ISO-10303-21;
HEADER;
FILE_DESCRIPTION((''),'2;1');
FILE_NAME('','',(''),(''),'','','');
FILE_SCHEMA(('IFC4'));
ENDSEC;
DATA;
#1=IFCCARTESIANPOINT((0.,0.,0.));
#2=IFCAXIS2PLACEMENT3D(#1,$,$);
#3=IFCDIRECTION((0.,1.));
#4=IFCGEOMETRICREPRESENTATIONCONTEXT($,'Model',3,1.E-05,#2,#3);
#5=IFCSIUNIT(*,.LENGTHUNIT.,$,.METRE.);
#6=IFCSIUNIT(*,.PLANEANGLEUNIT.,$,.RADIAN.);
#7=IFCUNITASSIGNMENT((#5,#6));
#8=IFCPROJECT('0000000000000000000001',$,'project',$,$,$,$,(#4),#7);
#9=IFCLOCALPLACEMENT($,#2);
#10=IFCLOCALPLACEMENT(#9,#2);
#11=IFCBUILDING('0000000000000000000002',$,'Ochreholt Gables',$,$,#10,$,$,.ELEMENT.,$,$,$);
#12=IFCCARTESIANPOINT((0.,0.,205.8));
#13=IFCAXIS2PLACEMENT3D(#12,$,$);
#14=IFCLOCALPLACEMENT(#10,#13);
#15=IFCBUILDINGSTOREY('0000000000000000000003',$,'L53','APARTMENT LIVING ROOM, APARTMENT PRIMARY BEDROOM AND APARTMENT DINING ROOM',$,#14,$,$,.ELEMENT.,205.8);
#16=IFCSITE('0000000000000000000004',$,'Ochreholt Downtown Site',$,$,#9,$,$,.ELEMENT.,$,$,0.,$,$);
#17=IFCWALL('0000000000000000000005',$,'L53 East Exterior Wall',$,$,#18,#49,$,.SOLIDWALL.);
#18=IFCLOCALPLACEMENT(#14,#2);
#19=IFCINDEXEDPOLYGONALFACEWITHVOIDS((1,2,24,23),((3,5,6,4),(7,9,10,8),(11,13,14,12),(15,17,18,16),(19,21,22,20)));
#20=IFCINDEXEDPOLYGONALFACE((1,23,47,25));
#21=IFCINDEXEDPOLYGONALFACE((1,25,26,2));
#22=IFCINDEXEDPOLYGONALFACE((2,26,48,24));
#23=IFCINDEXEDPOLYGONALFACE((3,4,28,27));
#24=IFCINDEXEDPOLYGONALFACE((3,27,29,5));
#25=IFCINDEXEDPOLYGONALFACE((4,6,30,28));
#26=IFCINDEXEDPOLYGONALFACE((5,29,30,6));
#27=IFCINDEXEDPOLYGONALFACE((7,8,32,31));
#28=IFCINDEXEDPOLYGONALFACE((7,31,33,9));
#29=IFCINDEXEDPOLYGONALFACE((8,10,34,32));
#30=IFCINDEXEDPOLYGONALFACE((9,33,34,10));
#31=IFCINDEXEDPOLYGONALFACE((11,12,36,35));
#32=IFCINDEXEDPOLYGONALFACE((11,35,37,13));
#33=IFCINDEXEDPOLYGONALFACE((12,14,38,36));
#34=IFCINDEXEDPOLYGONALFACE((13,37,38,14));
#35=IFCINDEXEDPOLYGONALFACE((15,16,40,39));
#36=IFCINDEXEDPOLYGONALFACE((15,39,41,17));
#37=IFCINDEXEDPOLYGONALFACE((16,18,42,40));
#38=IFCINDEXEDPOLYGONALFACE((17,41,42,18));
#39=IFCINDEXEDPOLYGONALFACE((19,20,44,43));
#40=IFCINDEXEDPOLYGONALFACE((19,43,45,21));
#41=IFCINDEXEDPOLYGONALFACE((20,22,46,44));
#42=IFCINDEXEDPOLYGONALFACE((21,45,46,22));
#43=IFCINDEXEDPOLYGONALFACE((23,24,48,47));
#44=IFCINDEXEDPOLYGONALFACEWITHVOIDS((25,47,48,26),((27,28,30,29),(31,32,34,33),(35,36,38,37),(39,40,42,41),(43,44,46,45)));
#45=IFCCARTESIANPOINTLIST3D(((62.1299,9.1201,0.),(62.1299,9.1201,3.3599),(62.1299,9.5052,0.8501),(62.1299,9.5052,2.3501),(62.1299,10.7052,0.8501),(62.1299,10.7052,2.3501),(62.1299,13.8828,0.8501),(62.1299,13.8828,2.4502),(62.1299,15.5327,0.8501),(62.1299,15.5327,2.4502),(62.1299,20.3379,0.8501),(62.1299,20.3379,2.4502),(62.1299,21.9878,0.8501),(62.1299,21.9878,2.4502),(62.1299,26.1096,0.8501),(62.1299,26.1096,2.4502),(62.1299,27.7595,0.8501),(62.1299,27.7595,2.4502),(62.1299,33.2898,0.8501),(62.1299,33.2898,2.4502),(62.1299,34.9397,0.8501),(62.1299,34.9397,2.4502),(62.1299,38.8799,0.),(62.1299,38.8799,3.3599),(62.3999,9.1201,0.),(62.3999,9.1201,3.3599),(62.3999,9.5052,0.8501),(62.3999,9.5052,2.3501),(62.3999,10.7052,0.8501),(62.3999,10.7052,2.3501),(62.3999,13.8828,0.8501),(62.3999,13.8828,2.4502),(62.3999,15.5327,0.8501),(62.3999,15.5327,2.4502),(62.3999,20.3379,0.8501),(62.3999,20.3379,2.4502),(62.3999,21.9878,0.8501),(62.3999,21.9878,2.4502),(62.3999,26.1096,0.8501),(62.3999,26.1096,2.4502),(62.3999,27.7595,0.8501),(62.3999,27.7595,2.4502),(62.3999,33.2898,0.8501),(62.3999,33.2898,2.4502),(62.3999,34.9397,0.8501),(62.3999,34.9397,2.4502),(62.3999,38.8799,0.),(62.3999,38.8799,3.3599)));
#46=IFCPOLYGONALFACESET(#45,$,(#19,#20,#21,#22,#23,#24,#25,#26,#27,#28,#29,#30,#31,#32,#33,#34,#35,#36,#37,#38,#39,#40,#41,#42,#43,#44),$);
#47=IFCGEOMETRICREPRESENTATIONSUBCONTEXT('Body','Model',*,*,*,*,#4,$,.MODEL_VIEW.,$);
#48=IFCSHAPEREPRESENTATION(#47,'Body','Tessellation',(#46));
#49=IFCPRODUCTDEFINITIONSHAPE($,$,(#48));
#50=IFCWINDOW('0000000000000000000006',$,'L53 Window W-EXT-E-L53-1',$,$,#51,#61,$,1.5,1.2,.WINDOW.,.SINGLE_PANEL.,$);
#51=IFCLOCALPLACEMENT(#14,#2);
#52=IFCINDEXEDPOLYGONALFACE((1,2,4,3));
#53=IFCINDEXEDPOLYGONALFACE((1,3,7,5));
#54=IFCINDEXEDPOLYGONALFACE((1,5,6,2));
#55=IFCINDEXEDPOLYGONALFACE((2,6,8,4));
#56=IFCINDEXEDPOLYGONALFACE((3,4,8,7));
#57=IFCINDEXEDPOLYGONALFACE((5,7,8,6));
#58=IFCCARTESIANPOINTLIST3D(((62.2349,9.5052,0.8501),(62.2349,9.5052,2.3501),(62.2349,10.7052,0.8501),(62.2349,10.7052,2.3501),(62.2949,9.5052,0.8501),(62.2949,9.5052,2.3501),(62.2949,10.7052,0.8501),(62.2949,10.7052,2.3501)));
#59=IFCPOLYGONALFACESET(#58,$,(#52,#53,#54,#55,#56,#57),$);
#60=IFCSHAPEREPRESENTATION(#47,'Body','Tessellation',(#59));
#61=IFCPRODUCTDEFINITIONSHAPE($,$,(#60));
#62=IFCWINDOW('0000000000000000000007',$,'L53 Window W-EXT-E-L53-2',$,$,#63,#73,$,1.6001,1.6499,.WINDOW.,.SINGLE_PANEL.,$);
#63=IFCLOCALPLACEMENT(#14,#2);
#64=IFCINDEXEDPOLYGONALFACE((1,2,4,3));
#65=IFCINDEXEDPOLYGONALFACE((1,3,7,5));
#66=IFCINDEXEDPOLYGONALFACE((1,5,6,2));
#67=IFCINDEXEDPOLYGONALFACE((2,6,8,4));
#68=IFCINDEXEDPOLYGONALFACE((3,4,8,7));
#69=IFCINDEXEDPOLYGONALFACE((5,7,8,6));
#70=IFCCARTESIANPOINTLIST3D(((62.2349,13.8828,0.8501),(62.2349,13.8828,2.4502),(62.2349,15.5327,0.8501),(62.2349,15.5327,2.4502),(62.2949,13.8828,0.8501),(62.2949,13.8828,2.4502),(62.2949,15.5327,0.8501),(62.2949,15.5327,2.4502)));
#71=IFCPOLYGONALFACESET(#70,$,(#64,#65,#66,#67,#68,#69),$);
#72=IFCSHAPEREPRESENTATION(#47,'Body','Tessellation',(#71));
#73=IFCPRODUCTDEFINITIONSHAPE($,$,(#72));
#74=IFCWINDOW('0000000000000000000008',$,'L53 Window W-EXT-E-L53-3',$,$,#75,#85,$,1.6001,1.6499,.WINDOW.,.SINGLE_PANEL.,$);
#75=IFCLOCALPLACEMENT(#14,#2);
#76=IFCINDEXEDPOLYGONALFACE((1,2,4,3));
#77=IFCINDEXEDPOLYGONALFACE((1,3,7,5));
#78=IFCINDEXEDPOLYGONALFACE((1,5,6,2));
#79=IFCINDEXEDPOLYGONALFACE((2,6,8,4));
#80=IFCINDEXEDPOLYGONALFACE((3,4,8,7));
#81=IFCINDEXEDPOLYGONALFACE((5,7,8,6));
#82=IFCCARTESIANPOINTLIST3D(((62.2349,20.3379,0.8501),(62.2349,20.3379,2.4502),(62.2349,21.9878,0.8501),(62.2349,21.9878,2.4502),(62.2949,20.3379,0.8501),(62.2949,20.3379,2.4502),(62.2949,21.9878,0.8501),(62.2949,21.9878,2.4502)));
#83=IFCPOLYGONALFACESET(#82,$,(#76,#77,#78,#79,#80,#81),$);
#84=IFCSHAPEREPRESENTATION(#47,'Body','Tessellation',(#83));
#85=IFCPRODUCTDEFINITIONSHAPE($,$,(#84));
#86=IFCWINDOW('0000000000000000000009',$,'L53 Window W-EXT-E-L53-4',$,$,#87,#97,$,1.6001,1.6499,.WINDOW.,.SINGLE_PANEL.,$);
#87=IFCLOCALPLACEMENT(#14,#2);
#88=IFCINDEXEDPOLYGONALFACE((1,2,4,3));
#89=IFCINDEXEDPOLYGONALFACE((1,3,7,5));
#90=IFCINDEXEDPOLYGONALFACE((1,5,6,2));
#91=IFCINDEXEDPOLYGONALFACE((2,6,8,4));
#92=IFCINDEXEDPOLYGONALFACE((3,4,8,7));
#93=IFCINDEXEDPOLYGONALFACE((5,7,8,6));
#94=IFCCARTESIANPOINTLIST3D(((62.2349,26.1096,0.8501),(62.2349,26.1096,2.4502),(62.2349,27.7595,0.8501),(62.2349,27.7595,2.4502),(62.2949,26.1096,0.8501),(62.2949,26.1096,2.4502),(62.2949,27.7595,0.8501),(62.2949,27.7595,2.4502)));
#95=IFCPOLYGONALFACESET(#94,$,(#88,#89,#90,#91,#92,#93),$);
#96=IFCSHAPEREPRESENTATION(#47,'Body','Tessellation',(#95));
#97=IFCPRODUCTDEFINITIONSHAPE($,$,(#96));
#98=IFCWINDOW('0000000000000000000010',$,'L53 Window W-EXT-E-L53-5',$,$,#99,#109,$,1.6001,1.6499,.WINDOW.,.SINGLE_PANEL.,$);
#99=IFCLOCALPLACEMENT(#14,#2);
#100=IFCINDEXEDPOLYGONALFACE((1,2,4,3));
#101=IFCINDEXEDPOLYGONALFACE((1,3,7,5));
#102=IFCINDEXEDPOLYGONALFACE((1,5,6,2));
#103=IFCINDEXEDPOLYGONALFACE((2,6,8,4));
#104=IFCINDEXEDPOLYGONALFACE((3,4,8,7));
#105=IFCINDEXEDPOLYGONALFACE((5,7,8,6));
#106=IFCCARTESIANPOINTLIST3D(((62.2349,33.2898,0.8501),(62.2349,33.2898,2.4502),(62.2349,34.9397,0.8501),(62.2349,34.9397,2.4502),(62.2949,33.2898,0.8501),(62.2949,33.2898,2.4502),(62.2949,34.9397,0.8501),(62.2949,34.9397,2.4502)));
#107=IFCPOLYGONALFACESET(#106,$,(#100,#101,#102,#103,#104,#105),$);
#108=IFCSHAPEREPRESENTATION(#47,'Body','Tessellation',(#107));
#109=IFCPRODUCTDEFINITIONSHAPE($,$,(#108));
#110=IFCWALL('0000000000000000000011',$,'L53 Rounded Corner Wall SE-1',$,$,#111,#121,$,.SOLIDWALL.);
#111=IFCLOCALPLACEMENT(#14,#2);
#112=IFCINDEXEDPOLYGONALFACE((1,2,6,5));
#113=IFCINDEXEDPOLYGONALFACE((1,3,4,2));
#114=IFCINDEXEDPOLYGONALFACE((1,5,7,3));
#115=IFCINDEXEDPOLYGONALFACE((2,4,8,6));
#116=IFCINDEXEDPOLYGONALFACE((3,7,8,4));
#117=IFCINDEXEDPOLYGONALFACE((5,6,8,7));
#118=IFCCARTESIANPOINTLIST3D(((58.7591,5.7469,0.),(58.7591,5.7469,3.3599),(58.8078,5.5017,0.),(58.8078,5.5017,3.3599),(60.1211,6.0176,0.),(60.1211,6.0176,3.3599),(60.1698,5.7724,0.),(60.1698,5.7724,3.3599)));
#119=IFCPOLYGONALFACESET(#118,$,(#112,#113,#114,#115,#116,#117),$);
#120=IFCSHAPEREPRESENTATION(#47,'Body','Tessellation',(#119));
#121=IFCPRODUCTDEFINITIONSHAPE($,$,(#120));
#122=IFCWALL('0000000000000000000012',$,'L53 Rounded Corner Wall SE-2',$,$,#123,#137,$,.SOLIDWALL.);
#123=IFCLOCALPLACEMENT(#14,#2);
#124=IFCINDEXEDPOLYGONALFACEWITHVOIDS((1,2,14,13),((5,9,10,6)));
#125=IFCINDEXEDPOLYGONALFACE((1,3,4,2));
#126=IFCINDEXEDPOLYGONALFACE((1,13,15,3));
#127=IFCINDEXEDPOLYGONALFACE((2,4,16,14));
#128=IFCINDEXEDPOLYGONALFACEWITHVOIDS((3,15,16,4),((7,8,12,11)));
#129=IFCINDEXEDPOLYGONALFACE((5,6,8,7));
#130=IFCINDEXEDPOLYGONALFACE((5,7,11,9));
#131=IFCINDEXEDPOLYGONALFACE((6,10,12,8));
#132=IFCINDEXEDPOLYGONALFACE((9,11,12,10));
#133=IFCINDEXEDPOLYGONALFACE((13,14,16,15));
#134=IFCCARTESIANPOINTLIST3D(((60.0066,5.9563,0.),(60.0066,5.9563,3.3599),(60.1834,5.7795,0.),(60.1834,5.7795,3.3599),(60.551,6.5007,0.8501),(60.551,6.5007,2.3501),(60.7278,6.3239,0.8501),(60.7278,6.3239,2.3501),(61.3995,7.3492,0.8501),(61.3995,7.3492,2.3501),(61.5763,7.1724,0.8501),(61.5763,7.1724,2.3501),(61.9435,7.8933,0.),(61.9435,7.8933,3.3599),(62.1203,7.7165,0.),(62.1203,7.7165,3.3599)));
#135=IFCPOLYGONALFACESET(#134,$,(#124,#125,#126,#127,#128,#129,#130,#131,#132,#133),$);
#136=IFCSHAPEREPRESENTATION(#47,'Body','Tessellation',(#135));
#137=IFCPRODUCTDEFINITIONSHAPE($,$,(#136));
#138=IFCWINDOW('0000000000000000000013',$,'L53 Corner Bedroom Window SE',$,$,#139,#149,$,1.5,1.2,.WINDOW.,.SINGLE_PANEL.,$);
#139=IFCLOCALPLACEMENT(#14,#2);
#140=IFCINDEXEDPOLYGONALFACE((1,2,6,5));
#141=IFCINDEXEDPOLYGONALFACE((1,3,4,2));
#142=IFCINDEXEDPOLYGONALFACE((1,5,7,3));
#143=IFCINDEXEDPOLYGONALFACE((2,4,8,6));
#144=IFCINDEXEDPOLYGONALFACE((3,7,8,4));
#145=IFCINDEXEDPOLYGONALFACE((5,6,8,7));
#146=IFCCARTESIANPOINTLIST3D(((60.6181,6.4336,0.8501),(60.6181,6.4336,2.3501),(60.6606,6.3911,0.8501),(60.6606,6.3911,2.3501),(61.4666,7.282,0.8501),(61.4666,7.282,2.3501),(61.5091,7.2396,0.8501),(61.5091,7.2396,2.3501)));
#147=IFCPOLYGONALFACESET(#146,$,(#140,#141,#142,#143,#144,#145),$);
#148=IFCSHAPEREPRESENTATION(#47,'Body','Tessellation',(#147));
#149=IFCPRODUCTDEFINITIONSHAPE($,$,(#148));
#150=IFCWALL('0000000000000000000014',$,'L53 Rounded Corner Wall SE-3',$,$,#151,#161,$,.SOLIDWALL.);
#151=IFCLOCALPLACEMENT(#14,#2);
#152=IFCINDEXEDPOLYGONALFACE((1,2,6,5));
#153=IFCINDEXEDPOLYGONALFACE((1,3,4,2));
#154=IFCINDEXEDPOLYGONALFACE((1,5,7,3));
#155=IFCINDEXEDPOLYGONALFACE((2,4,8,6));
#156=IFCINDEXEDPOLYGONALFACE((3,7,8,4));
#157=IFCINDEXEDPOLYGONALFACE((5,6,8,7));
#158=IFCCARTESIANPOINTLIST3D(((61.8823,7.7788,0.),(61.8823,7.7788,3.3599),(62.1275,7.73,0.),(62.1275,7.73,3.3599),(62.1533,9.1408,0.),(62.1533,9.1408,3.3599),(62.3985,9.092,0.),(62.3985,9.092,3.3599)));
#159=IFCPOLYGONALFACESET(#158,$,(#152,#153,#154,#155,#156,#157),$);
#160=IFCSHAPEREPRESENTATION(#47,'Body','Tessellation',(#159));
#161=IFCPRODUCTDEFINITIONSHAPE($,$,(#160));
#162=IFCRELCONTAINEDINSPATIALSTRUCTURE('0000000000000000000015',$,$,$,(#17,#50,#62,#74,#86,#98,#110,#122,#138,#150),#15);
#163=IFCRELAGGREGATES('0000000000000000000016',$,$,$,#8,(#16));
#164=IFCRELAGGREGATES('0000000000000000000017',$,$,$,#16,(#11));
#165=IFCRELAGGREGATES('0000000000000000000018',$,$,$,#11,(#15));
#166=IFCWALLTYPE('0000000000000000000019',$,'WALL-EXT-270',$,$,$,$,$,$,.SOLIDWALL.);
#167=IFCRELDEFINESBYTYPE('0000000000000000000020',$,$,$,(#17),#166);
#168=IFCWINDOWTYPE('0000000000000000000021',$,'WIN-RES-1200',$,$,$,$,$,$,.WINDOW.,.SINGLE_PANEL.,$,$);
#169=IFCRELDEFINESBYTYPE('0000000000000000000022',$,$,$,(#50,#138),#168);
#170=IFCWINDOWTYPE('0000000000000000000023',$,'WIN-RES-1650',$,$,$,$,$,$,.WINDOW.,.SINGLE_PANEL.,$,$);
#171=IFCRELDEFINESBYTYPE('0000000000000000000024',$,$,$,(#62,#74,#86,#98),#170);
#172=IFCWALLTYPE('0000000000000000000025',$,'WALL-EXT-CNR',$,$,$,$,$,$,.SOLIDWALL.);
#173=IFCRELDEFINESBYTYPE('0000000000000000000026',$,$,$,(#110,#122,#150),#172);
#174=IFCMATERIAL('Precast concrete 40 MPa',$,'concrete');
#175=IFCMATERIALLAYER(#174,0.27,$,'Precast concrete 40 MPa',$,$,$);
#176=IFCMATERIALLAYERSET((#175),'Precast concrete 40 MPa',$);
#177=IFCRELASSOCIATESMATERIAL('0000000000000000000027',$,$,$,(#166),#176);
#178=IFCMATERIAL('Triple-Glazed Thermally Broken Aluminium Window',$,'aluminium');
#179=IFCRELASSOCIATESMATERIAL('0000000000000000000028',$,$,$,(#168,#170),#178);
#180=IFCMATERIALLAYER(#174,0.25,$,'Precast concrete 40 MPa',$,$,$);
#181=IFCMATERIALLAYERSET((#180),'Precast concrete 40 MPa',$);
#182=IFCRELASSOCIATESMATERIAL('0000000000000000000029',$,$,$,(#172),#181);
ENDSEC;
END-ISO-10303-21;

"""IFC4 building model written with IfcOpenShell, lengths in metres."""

from ifc_helpers import new_model, si_unit, direction, frame, frame_2d, origin, place, context, subcontext, project, spatial, rectangle, extrude, material, layer, layer_set, type_object, element, fill, save


model = new_model("IFC4")

# Units and contexts
model_context = context("Model", 3, precision=1e-05, world=origin(), true_north=direction((0.0, 1.0)))
body_context = subcontext(model_context, "Body", "Model", "MODEL_VIEW")
ifc_project = project(units=[si_unit("LENGTHUNIT", "METRE"), si_unit("PLANEANGLEUNIT", "RADIAN")], contexts=[model_context])

# Site, building, storey
site_placement = place(None, origin())
site = spatial("IfcSite", under=ifc_project, at=site_placement, Name="Ochreholt Downtown Site", CompositionType="ELEMENT", RefElevation=0.0)
building_placement = place(site_placement, origin())
building = spatial("IfcBuilding", under=site, at=building_placement, Name="Ochreholt Gables", CompositionType="ELEMENT")
storey_placement = place(building_placement, frame((0.0, 0.0, 205.8)))
storey = spatial("IfcBuildingStorey", under=building, at=storey_placement, Name="L53", Description="APARTMENT LIVING ROOM, APARTMENT PRIMARY BEDROOM AND APARTMENT DINING ROOM", CompositionType="ELEMENT", Elevation=205.8)

# Wall, openings, windows
ifc_material_1 = material(Name="Precast concrete 40 MPa", Category="concrete")
ifc_layer_1 = layer(ifc_material_1, 0.27, Name="Precast concrete 40 MPa")
ifc_layer_set_1 = layer_set([ifc_layer_1], Name="Precast concrete 40 MPa")
wall_type_1 = type_object("IfcWallType", Name="WALL-EXT-270", PredefinedType="SOLIDWALL", material=ifc_layer_set_1)
wall_1_placement = place(storey_placement, frame((62.2649, 9.1201, 0.0), z_axis=(0.0, 0.0, 1.0), x_axis=(0.0, 1.0, 0.0)))
wall_1 = element("IfcWall", 1, at=wall_1_placement, inside=storey, type_object=wall_type_1, Name="L53 East Exterior Wall", PredefinedType="SOLIDWALL", context=body_context, shape_type="SweptSolid", body=[
    extrude(rectangle(XDim=29.7598, YDim=0.27, at=frame_2d((14.8799, 0.0))), origin(), (0.0, 0.0, 1.0), 3.3599),
])
opening_1_placement = place(wall_1_placement, frame((0.385, 0.0, 0.8501)))
opening_1 = element("IfcOpeningElement", 2, at=opening_1_placement, cuts=wall_1, PredefinedType="OPENING", context=body_context, shape_type="SweptSolid", body=[
    extrude(rectangle(XDim=1.2, YDim=1.5, at=frame_2d((0.6001, 0.75))), frame((0.0, 0.145, 0.0), z_axis=(0.0, -1.0, 0.0), x_axis=(1.0, 0.0, 0.0)), (0.0, 0.0, 1.0), 0.29),
])
opening_2_placement = place(wall_1_placement, frame((4.7627, 0.0, 0.8501)))
opening_2 = element("IfcOpeningElement", 3, at=opening_2_placement, cuts=wall_1, PredefinedType="OPENING", context=body_context, shape_type="SweptSolid", body=[
    extrude(rectangle(XDim=1.6499, YDim=1.6001, at=frame_2d((0.825, 0.8))), frame((0.0, 0.145, 0.0), z_axis=(0.0, -1.0, 0.0), x_axis=(1.0, 0.0, 0.0)), (0.0, 0.0, 1.0), 0.29),
])
opening_3_placement = place(wall_1_placement, frame((11.2178, 0.0, 0.8501)))
opening_3 = element("IfcOpeningElement", 4, at=opening_3_placement, cuts=wall_1, PredefinedType="OPENING", context=body_context, shape_type="SweptSolid", body=[
    extrude(rectangle(XDim=1.6499, YDim=1.6001, at=frame_2d((0.825, 0.8))), frame((0.0, 0.145, 0.0), z_axis=(0.0, -1.0, 0.0), x_axis=(1.0, 0.0, 0.0)), (0.0, 0.0, 1.0), 0.29),
])
opening_4_placement = place(wall_1_placement, frame((16.9895, 0.0, 0.8501)))
opening_4 = element("IfcOpeningElement", 5, at=opening_4_placement, cuts=wall_1, PredefinedType="OPENING", context=body_context, shape_type="SweptSolid", body=[
    extrude(rectangle(XDim=1.6499, YDim=1.6001, at=frame_2d((0.825, 0.8))), frame((0.0, 0.145, 0.0), z_axis=(0.0, -1.0, 0.0), x_axis=(1.0, 0.0, 0.0)), (0.0, 0.0, 1.0), 0.29),
])
opening_5_placement = place(wall_1_placement, frame((24.1697, 0.0, 0.8501)))
opening_5 = element("IfcOpeningElement", 6, at=opening_5_placement, cuts=wall_1, PredefinedType="OPENING", context=body_context, shape_type="SweptSolid", body=[
    extrude(rectangle(XDim=1.6499, YDim=1.6001, at=frame_2d((0.825, 0.8))), frame((0.0, 0.145, 0.0), z_axis=(0.0, -1.0, 0.0), x_axis=(1.0, 0.0, 0.0)), (0.0, 0.0, 1.0), 0.29),
])
ifc_material_2 = material(Name="Triple-Glazed Thermally Broken Aluminium Window", Category="aluminium")
window_type_1 = type_object("IfcWindowType", Name="WIN-RES-1200", PartitioningType="SINGLE_PANEL", PredefinedType="WINDOW", material=ifc_material_2)
window_1_placement = place(opening_1_placement, origin())
window_1 = element("IfcWindow", 7, at=window_1_placement, inside=storey, type_object=window_type_1, Name="L53 Window W-EXT-E-L53-1", OverallHeight=1.5, OverallWidth=1.2, PartitioningType="SINGLE_PANEL", PredefinedType="WINDOW", context=body_context, shape_type="SweptSolid", body=[
    extrude(rectangle(XDim=1.2, YDim=1.5, at=frame_2d((0.6001, 0.75))), frame((0.0, 0.03, 0.0), z_axis=(0.0, -1.0, 0.0), x_axis=(1.0, 0.0, 0.0)), (0.0, 0.0, 1.0), 0.0601),
])
fill(opening_1, window_1)
window_type_2 = type_object("IfcWindowType", Name="WIN-RES-1650", PartitioningType="SINGLE_PANEL", PredefinedType="WINDOW", material=ifc_material_2)
window_2_placement = place(opening_2_placement, origin())
window_2 = element("IfcWindow", 8, at=window_2_placement, inside=storey, type_object=window_type_2, Name="L53 Window W-EXT-E-L53-2", OverallHeight=1.6001, OverallWidth=1.6499, PartitioningType="SINGLE_PANEL", PredefinedType="WINDOW", context=body_context, shape_type="SweptSolid", body=[
    extrude(rectangle(XDim=1.6499, YDim=1.6001, at=frame_2d((0.825, 0.8))), frame((0.0, 0.03, 0.0), z_axis=(0.0, -1.0, 0.0), x_axis=(1.0, 0.0, 0.0)), (0.0, 0.0, 1.0), 0.0601),
])
fill(opening_2, window_2)
window_3_placement = place(opening_3_placement, origin())
window_3 = element("IfcWindow", 9, at=window_3_placement, inside=storey, type_object=window_type_2, Name="L53 Window W-EXT-E-L53-3", OverallHeight=1.6001, OverallWidth=1.6499, PartitioningType="SINGLE_PANEL", PredefinedType="WINDOW", context=body_context, shape_type="SweptSolid", body=[
    extrude(rectangle(XDim=1.6499, YDim=1.6001, at=frame_2d((0.825, 0.8))), frame((0.0, 0.03, 0.0), z_axis=(0.0, -1.0, 0.0), x_axis=(1.0, 0.0, 0.0)), (0.0, 0.0, 1.0), 0.0601),
])
fill(opening_3, window_3)
window_4_placement = place(opening_4_placement, origin())
window_4 = element("IfcWindow", 10, at=window_4_placement, inside=storey, type_object=window_type_2, Name="L53 Window W-EXT-E-L53-4", OverallHeight=1.6001, OverallWidth=1.6499, PartitioningType="SINGLE_PANEL", PredefinedType="WINDOW", context=body_context, shape_type="SweptSolid", body=[
    extrude(rectangle(XDim=1.6499, YDim=1.6001, at=frame_2d((0.825, 0.8))), frame((0.0, 0.03, 0.0), z_axis=(0.0, -1.0, 0.0), x_axis=(1.0, 0.0, 0.0)), (0.0, 0.0, 1.0), 0.0601),
])
fill(opening_4, window_4)
window_5_placement = place(opening_5_placement, origin())
window_5 = element("IfcWindow", 11, at=window_5_placement, inside=storey, type_object=window_type_2, Name="L53 Window W-EXT-E-L53-5", OverallHeight=1.6001, OverallWidth=1.6499, PartitioningType="SINGLE_PANEL", PredefinedType="WINDOW", context=body_context, shape_type="SweptSolid", body=[
    extrude(rectangle(XDim=1.6499, YDim=1.6001, at=frame_2d((0.825, 0.8))), frame((0.0, 0.03, 0.0), z_axis=(0.0, -1.0, 0.0), x_axis=(1.0, 0.0, 0.0)), (0.0, 0.0, 1.0), 0.0601),
])
fill(opening_5, window_5)

# Wall
ifc_layer_2 = layer(ifc_material_1, 0.25, Name="Precast concrete 40 MPa")
ifc_layer_set_2 = layer_set([ifc_layer_2], Name="Precast concrete 40 MPa")
wall_type_2 = type_object("IfcWallType", Name="WALL-EXT-CNR", PredefinedType="SOLIDWALL", material=ifc_layer_set_2)
wall_2_placement = place(storey_placement, frame((58.7834, 5.6243, 0.0), z_axis=(0.0, 0.0, 1.0), x_axis=(0.98081, 0.194967, 0.0)))
element("IfcWall", 12, at=wall_2_placement, inside=storey, type_object=wall_type_2, Name="L53 Rounded Corner Wall SE-1", PredefinedType="SOLIDWALL", context=body_context, shape_type="SweptSolid", body=[
    extrude(rectangle(XDim=1.3887, YDim=0.25, at=frame_2d((0.6943, 0.0))), origin(), (0.0, 0.0, 1.0), 3.3599),
])

# Wall, opening, window
wall_3_placement = place(storey_placement, frame((60.095, 5.8679, 0.0), z_axis=(0.0, 0.0, 1.0), x_axis=(0.707107, 0.707107, 0.0)))
wall_3 = element("IfcWall", 13, at=wall_3_placement, inside=storey, type_object=wall_type_2, Name="L53 Rounded Corner Wall SE-2", PredefinedType="SOLIDWALL", context=body_context, shape_type="SweptSolid", body=[
    extrude(rectangle(XDim=2.7393, YDim=0.25, at=frame_2d((1.3696, 0.0))), origin(), (0.0, 0.0, 1.0), 3.3599),
])
opening_6_placement = place(wall_3_placement, frame((0.7698, 0.0, 0.8501)))
opening_6 = element("IfcOpeningElement", 14, at=opening_6_placement, cuts=wall_3, PredefinedType="OPENING", context=body_context, shape_type="SweptSolid", body=[
    extrude(rectangle(XDim=1.2, YDim=1.5, at=frame_2d((0.6001, 0.75))), frame((0.0, 0.135, 0.0), z_axis=(0.0, -1.0, 0.0), x_axis=(1.0, 0.0, 0.0)), (0.0, 0.0, 1.0), 0.27),
])
window_6_placement = place(opening_6_placement, origin())
window_6 = element("IfcWindow", 15, at=window_6_placement, inside=storey, type_object=window_type_1, Name="L53 Corner Bedroom Window SE", OverallHeight=1.5, OverallWidth=1.2, PartitioningType="SINGLE_PANEL", PredefinedType="WINDOW", context=body_context, shape_type="SweptSolid", body=[
    extrude(rectangle(XDim=1.2, YDim=1.5, at=frame_2d((0.6001, 0.75))), frame((0.0, 0.03, 0.0), z_axis=(0.0, -1.0, 0.0), x_axis=(1.0, 0.0, 0.0)), (0.0, 0.0, 1.0), 0.0601),
])
fill(opening_6, window_6)

# Wall
wall_4_placement = place(storey_placement, frame((62.0049, 7.7544, 0.0), z_axis=(0.0, 0.0, 1.0), x_axis=(0.195136, 0.980776, 0.0)))
element("IfcWall", 16, at=wall_4_placement, inside=storey, type_object=wall_type_2, Name="L53 Rounded Corner Wall SE-3", PredefinedType="SOLIDWALL", context=body_context, shape_type="SweptSolid", body=[
    extrude(rectangle(XDim=1.3887, YDim=0.25, at=frame_2d((0.6943, 0.0))), origin(), (0.0, 0.0, 1.0), 3.3599),
])

save(model, "model.ifc")
